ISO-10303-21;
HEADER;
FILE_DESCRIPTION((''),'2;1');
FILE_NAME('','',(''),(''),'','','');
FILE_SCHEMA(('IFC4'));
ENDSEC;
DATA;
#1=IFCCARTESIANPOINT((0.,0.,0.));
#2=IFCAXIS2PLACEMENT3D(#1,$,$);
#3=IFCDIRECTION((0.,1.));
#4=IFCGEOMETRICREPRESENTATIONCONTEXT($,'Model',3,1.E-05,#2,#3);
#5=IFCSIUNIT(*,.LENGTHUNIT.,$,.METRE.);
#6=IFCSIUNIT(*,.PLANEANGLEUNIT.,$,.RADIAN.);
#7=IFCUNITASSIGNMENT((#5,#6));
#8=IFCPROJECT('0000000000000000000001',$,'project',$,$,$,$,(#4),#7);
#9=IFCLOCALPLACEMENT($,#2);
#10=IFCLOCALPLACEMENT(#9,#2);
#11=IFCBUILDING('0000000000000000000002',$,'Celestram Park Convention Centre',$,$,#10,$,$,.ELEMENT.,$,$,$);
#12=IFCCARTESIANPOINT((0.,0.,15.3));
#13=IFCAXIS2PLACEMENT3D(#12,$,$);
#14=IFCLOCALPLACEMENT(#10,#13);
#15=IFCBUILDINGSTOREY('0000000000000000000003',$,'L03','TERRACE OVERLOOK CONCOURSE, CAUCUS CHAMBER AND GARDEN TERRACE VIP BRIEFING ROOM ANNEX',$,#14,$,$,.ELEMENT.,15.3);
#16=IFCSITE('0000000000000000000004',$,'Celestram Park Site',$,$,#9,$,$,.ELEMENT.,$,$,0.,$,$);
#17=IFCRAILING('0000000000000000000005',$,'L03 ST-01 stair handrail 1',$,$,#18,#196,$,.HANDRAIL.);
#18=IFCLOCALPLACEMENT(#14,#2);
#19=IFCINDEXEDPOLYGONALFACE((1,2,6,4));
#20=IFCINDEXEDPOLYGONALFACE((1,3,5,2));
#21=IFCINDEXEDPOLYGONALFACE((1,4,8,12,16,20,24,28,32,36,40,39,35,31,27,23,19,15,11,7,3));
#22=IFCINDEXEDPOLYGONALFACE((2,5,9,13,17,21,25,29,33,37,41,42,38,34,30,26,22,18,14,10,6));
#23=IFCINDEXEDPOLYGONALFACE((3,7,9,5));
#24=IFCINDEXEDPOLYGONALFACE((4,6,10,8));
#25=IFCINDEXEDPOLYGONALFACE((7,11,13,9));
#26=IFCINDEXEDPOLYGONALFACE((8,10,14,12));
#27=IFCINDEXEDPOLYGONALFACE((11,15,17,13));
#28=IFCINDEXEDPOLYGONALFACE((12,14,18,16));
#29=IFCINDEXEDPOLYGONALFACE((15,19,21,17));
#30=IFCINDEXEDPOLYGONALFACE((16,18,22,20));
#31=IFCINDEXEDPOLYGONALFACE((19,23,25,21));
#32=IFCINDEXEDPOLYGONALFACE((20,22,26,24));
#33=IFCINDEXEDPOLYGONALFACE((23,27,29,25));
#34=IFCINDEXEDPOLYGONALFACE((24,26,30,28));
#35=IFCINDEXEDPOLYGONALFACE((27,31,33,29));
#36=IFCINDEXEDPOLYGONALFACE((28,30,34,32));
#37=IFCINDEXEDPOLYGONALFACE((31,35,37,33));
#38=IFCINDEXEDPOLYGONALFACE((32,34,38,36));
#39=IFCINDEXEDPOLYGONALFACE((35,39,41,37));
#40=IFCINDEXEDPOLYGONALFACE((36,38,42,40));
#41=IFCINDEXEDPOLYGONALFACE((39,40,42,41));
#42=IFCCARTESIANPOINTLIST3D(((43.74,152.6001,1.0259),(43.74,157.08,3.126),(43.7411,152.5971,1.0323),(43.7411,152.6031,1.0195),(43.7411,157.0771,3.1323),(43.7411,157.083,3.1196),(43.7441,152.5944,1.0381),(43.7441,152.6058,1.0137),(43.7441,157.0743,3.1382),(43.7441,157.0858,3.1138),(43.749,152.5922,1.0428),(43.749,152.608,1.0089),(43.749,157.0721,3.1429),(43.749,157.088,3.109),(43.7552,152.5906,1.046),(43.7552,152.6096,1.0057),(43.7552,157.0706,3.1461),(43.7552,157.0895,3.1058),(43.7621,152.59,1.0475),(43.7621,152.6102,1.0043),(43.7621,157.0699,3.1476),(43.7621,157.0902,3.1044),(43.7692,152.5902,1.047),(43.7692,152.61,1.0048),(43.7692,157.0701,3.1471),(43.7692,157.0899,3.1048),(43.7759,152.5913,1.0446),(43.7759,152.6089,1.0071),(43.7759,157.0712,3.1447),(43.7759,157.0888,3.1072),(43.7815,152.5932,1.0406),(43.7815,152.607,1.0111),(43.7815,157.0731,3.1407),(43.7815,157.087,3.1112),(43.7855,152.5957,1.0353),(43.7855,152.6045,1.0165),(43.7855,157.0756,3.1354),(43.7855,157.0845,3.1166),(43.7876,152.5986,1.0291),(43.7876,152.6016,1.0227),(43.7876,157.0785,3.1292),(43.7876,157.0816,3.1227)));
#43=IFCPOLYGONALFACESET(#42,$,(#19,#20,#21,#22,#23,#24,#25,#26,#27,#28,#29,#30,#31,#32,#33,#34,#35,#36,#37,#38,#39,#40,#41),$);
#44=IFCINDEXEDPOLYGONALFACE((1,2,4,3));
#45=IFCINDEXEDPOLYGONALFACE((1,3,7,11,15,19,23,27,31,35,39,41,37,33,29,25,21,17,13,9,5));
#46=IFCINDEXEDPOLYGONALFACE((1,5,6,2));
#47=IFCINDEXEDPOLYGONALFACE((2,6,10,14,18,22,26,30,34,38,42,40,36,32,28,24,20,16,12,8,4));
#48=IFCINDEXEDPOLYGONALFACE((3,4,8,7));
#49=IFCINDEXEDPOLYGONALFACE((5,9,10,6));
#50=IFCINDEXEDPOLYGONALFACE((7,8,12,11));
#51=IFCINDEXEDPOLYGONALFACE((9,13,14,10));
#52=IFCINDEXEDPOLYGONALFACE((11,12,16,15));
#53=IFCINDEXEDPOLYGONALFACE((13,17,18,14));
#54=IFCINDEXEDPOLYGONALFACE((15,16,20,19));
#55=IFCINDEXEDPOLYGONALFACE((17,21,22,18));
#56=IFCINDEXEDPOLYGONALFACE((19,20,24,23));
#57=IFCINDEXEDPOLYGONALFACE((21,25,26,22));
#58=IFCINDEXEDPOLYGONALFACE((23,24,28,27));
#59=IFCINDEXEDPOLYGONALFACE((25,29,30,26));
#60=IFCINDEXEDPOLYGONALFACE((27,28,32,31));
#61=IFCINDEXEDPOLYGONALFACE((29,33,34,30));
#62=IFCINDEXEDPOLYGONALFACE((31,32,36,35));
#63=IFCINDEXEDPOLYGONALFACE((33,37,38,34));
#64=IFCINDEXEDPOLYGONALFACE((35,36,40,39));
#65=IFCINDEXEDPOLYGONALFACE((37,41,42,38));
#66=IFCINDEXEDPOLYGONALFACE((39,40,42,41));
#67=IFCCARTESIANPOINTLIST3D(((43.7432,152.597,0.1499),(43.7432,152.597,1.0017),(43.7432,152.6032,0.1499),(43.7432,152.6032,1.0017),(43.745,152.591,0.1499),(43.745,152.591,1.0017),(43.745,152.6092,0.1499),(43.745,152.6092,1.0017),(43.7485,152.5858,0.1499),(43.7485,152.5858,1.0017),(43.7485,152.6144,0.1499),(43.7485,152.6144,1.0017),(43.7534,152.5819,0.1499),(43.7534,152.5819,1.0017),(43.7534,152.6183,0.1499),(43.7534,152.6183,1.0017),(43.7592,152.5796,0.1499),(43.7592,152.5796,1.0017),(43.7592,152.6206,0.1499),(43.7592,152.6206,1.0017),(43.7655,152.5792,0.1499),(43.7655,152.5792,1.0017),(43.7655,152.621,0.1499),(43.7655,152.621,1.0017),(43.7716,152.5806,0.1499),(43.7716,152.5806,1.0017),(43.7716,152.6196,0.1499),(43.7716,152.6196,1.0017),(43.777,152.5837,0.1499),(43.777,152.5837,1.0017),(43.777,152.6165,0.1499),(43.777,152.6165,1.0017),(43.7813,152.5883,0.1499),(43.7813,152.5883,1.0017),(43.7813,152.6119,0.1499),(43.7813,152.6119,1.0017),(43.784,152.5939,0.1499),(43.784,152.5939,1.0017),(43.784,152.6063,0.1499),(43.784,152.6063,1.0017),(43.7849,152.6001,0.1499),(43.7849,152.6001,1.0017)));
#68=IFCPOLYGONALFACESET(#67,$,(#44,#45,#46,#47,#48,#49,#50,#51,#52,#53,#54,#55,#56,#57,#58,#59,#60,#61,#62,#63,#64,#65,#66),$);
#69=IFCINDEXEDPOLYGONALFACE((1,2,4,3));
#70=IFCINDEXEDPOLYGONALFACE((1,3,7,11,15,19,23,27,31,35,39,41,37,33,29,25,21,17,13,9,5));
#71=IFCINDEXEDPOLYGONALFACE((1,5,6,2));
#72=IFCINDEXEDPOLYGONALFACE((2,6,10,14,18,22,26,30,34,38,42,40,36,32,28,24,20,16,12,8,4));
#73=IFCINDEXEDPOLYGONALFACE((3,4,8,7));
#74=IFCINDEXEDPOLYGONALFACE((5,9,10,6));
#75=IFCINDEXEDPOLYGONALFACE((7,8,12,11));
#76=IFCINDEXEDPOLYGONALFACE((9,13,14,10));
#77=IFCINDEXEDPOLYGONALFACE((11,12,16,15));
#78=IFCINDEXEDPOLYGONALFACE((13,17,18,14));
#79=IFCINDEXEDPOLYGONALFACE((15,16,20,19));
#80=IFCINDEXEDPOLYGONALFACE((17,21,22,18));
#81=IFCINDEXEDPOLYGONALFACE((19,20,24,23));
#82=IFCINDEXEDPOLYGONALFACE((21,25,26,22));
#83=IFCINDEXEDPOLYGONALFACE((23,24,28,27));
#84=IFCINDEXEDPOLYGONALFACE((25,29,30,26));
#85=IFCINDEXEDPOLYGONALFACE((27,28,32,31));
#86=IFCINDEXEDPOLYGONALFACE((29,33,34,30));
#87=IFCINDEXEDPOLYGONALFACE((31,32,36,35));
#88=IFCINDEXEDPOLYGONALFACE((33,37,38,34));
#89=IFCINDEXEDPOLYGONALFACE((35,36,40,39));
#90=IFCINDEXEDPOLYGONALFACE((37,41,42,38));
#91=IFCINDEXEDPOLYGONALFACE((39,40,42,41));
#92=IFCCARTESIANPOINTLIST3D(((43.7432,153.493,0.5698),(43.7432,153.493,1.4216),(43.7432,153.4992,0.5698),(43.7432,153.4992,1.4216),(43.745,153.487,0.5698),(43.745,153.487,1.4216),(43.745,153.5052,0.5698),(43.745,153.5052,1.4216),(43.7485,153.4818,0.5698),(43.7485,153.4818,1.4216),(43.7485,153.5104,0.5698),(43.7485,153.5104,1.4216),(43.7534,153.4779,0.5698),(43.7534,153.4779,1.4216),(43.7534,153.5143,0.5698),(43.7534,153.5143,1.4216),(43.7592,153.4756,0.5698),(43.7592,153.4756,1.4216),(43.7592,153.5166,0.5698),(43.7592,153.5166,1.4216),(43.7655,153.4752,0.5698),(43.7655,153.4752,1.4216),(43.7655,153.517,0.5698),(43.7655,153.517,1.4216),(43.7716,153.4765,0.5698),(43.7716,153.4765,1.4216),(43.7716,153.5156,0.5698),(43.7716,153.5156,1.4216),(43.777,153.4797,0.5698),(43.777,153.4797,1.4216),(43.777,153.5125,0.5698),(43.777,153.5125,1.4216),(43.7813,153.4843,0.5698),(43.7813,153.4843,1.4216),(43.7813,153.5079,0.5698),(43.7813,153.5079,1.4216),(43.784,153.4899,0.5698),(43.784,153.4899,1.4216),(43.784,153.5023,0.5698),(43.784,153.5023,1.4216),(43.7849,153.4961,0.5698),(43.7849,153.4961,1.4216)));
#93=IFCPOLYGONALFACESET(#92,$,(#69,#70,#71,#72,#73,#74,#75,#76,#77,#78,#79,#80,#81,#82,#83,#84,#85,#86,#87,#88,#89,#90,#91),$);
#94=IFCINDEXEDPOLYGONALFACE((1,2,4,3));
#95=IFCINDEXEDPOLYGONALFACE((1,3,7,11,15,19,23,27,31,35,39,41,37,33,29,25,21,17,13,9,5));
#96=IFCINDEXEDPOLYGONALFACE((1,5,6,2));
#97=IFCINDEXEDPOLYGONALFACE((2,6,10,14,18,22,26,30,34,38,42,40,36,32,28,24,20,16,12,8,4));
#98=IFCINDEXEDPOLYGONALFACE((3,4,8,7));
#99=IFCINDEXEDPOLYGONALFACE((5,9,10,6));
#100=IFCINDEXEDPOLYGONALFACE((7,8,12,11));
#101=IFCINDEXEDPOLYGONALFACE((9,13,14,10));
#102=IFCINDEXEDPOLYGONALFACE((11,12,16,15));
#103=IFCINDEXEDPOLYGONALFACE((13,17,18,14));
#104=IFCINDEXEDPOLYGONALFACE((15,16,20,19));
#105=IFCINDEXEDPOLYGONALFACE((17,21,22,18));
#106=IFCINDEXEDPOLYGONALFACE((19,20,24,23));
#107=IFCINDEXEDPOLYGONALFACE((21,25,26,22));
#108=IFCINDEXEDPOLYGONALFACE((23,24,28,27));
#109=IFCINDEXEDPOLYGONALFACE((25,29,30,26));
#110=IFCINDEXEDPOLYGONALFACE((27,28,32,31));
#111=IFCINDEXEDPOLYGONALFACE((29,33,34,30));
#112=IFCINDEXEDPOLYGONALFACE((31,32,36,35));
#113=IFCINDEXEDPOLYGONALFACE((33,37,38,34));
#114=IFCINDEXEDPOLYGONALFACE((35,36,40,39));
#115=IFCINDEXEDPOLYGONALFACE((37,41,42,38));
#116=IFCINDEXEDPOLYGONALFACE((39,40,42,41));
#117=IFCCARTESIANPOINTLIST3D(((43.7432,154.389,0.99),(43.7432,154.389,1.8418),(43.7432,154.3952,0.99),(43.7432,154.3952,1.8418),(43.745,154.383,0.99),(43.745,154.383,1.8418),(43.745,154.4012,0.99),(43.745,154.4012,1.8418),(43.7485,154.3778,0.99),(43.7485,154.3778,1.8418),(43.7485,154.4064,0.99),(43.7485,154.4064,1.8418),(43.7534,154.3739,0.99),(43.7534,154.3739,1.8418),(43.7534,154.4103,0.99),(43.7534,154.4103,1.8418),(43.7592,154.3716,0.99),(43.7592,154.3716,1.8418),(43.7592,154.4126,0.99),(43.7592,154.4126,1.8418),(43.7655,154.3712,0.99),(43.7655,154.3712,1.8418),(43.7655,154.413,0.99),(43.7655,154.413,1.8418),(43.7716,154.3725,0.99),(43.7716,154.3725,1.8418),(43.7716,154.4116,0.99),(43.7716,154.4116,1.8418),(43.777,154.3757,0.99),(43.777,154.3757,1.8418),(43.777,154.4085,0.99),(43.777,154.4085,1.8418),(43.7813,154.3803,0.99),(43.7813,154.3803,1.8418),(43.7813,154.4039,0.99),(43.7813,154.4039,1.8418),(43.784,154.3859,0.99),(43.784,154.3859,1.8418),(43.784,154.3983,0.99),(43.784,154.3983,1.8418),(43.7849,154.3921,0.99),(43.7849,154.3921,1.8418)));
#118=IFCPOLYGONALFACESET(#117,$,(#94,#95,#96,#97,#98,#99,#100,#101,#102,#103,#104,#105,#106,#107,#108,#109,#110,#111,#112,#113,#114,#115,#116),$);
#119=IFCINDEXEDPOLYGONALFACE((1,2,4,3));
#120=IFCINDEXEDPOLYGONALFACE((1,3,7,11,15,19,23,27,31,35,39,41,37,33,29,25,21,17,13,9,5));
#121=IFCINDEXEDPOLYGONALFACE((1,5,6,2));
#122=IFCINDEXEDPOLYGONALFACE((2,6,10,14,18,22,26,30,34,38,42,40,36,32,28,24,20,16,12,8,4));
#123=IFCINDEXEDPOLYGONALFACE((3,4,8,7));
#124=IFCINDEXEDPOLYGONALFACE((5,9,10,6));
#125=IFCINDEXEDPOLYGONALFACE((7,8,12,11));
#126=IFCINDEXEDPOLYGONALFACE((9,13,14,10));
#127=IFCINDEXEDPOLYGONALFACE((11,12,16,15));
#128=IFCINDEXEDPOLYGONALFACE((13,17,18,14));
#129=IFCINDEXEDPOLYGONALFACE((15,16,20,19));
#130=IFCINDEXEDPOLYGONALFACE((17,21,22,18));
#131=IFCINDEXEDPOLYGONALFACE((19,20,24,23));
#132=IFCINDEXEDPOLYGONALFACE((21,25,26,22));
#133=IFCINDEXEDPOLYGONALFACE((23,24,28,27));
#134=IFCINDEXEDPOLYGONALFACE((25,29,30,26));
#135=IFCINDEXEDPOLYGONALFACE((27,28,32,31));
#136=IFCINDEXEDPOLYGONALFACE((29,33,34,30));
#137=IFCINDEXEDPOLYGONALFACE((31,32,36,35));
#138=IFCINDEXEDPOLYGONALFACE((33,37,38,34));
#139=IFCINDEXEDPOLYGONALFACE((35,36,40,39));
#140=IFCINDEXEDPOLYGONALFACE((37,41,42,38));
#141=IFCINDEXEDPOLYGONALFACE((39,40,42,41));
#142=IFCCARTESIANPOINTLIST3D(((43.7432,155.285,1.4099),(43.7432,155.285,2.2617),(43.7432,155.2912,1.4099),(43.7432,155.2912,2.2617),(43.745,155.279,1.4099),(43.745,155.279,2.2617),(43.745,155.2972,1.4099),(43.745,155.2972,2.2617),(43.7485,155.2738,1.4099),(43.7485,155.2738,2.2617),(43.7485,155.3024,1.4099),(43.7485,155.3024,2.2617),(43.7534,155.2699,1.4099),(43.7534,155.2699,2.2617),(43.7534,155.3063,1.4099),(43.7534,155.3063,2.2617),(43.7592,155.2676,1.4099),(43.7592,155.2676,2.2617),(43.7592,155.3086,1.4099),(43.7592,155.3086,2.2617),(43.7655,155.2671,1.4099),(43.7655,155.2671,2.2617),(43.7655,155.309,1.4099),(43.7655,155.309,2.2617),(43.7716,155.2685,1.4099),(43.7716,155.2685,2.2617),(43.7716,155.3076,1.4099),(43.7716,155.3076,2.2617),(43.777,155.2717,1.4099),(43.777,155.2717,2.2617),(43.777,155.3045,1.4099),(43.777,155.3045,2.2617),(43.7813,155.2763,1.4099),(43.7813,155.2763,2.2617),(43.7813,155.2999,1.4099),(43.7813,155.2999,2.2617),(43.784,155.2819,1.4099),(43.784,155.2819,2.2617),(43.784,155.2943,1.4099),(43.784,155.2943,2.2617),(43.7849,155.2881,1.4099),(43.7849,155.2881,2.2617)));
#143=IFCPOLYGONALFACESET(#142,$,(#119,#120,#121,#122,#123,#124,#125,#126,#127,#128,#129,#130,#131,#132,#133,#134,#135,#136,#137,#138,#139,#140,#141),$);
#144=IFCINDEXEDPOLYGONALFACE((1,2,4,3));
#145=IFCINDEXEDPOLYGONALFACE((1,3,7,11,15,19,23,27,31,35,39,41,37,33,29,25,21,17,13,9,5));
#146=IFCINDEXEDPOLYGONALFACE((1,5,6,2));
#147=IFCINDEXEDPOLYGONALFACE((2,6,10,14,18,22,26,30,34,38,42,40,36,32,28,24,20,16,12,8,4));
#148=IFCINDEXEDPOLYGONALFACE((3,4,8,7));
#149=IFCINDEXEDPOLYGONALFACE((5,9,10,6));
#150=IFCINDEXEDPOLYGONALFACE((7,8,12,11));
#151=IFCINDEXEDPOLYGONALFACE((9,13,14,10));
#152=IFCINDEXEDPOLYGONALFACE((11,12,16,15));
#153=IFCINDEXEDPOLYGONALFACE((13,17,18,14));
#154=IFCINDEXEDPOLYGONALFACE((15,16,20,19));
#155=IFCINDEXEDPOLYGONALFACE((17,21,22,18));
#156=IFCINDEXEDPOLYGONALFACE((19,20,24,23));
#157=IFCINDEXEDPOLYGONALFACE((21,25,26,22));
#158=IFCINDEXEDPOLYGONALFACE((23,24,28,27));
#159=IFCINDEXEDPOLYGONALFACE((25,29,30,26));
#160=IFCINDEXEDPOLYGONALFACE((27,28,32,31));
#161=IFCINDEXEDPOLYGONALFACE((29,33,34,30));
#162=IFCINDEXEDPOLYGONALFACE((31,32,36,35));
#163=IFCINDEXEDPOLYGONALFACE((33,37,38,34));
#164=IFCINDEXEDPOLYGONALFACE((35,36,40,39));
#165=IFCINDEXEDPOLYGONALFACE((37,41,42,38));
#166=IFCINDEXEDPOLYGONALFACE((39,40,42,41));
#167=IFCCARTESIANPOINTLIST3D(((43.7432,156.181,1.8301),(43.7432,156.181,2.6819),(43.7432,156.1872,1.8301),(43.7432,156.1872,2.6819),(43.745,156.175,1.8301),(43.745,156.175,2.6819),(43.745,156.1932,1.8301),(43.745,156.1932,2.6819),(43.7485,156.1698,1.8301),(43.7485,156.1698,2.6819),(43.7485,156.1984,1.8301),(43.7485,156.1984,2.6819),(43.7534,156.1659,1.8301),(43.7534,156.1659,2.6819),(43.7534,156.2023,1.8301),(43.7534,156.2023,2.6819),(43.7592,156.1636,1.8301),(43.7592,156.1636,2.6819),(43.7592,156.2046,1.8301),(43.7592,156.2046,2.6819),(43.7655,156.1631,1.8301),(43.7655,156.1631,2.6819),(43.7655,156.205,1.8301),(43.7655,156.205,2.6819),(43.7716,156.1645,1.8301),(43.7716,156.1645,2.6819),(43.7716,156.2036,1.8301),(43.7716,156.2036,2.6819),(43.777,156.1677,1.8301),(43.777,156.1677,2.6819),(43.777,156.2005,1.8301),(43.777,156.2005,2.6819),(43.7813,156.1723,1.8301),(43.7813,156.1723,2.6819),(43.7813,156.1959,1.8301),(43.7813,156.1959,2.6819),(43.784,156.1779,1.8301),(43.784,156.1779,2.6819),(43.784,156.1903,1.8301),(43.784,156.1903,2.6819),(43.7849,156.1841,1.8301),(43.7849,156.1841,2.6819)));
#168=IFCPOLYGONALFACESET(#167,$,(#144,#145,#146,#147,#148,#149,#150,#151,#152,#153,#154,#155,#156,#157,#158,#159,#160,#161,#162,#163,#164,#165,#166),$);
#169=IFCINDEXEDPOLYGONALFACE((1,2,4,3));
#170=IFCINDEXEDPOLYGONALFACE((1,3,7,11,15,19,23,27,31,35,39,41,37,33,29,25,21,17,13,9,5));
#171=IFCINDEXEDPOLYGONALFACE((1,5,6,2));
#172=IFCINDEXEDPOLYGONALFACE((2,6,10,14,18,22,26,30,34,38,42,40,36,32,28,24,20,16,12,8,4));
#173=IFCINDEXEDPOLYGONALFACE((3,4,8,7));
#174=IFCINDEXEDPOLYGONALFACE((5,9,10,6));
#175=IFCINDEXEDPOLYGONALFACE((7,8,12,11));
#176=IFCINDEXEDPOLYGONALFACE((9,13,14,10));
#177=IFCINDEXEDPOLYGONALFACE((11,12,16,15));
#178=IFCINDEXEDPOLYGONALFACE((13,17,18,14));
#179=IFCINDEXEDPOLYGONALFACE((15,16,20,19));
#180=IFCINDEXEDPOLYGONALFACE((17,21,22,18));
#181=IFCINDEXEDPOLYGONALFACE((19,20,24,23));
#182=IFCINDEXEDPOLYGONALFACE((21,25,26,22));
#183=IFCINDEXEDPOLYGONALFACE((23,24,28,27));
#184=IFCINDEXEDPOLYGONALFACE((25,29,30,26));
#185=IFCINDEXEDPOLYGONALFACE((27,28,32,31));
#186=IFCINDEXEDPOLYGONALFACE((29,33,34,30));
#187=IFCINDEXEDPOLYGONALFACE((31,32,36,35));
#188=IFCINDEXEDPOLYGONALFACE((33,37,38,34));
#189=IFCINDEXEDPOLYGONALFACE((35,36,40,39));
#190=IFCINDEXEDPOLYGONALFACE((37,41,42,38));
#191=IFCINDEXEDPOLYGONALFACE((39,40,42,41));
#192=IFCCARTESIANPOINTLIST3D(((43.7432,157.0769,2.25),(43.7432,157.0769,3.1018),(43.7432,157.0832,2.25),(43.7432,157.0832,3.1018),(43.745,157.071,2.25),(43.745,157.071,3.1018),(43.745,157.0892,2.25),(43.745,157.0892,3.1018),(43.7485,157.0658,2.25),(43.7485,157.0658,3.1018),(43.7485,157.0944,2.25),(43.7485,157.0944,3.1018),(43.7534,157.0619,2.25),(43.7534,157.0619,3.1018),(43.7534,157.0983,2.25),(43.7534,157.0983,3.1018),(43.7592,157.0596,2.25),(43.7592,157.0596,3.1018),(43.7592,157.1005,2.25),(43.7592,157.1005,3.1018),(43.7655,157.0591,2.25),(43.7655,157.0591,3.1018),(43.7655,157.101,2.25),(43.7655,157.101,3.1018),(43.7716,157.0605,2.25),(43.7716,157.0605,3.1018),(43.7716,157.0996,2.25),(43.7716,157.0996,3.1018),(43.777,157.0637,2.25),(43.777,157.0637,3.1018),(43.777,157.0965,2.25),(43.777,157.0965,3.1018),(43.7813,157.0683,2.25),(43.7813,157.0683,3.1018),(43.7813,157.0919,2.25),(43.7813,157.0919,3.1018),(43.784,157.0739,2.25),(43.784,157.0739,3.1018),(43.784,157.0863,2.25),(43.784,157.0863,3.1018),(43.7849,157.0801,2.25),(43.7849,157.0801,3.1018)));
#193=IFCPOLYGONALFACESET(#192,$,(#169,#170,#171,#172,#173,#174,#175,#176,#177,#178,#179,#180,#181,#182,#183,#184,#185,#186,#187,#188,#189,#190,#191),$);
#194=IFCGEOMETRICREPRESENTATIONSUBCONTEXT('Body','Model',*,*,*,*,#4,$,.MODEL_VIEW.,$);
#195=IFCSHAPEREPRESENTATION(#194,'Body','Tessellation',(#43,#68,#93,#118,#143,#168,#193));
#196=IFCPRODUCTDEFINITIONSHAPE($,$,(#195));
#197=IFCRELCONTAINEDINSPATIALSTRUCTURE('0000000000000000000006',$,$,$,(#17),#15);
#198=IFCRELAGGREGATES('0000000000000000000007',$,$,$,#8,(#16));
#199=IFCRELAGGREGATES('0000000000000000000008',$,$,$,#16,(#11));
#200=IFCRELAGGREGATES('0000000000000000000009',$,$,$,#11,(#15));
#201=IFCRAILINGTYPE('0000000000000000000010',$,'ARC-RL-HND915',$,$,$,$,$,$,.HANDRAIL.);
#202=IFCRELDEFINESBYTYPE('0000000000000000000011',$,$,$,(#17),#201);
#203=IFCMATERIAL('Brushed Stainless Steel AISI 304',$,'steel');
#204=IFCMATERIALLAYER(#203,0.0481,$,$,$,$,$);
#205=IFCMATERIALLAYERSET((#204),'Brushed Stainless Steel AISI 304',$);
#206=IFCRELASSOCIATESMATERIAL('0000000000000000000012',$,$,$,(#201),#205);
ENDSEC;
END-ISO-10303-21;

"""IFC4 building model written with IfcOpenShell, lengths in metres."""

from ifc_helpers import new_model, si_unit, direction, frame, origin, origin_2d, place, context, subcontext, project, spatial, circle, extrude, material, layer, layer_set, type_object, element, save


model = new_model("IFC4")

# Units and contexts
model_context = context("Model", 3, precision=1e-05, world=origin(), true_north=direction((0.0, 1.0)))
body_context = subcontext(model_context, "Body", "Model", "MODEL_VIEW")
ifc_project = project(units=[si_unit("LENGTHUNIT", "METRE"), si_unit("PLANEANGLEUNIT", "RADIAN")], contexts=[model_context])

# Site, building, storey
site_placement = place(None, origin())
site = spatial("IfcSite", under=ifc_project, at=site_placement, Name="Celestram Park Site", CompositionType="ELEMENT", RefElevation=0.0)
building_placement = place(site_placement, origin())
building = spatial("IfcBuilding", under=site, at=building_placement, Name="Celestram Park Convention Centre", CompositionType="ELEMENT")
storey_placement = place(building_placement, frame((0.0, 0.0, 15.3)))
storey = spatial("IfcBuildingStorey", under=building, at=storey_placement, Name="L03", Description="TERRACE OVERLOOK CONCOURSE, CAUCUS CHAMBER AND GARDEN TERRACE VIP BRIEFING ROOM ANNEX", CompositionType="ELEMENT", Elevation=15.3)

# Railing
ifc_material_1 = material(Name="Brushed Stainless Steel AISI 304", Category="steel")
ifc_layer_1 = layer(ifc_material_1, 0.0481)
ifc_layer_set_1 = layer_set([ifc_layer_1], Name="Brushed Stainless Steel AISI 304")
railing_type_1 = type_object("IfcRailingType", Name="ARC-RL-HND915", PredefinedType="HANDRAIL", material=ifc_layer_set_1)
railing_1_placement = place(storey_placement, frame((43.7639, 152.6001, 0.1499)))
element("IfcRailing", 1, at=railing_1_placement, inside=storey, type_object=railing_type_1, Name="L03 ST-01 stair handrail 1", PredefinedType="HANDRAIL", context=body_context, shape_type="SweptSolid", body=[
    extrude(circle(Radius=0.0239, at=origin_2d()), frame((0.0, 0.0, 0.876), z_axis=(0.0, 0.905451, 0.424452), x_axis=(-1.0, 0.0, 0.0)), (0.0, 0.0, 1.0), 4.9478),
    extrude(circle(Radius=0.021, at=origin_2d()), origin(), (0.0, 0.0, 1.0), 0.8518),
    extrude(circle(Radius=0.021, at=origin_2d()), frame((0.0, 0.896, 0.4199)), (0.0, 0.0, 1.0), 0.8518),
    extrude(circle(Radius=0.021, at=origin_2d()), frame((0.0, 1.792, 0.8401)), (0.0, 0.0, 1.0), 0.8518),
    extrude(circle(Radius=0.021, at=origin_2d()), frame((0.0, 2.688, 1.26)), (0.0, 0.0, 1.0), 0.8518),
    extrude(circle(Radius=0.021, at=origin_2d()), frame((0.0, 3.584, 1.6802)), (0.0, 0.0, 1.0), 0.8518),
    extrude(circle(Radius=0.021, at=origin_2d()), frame((0.0, 4.48, 2.1001)), (0.0, 0.0, 1.0), 0.8518),
])

save(model, "model.ifc")
